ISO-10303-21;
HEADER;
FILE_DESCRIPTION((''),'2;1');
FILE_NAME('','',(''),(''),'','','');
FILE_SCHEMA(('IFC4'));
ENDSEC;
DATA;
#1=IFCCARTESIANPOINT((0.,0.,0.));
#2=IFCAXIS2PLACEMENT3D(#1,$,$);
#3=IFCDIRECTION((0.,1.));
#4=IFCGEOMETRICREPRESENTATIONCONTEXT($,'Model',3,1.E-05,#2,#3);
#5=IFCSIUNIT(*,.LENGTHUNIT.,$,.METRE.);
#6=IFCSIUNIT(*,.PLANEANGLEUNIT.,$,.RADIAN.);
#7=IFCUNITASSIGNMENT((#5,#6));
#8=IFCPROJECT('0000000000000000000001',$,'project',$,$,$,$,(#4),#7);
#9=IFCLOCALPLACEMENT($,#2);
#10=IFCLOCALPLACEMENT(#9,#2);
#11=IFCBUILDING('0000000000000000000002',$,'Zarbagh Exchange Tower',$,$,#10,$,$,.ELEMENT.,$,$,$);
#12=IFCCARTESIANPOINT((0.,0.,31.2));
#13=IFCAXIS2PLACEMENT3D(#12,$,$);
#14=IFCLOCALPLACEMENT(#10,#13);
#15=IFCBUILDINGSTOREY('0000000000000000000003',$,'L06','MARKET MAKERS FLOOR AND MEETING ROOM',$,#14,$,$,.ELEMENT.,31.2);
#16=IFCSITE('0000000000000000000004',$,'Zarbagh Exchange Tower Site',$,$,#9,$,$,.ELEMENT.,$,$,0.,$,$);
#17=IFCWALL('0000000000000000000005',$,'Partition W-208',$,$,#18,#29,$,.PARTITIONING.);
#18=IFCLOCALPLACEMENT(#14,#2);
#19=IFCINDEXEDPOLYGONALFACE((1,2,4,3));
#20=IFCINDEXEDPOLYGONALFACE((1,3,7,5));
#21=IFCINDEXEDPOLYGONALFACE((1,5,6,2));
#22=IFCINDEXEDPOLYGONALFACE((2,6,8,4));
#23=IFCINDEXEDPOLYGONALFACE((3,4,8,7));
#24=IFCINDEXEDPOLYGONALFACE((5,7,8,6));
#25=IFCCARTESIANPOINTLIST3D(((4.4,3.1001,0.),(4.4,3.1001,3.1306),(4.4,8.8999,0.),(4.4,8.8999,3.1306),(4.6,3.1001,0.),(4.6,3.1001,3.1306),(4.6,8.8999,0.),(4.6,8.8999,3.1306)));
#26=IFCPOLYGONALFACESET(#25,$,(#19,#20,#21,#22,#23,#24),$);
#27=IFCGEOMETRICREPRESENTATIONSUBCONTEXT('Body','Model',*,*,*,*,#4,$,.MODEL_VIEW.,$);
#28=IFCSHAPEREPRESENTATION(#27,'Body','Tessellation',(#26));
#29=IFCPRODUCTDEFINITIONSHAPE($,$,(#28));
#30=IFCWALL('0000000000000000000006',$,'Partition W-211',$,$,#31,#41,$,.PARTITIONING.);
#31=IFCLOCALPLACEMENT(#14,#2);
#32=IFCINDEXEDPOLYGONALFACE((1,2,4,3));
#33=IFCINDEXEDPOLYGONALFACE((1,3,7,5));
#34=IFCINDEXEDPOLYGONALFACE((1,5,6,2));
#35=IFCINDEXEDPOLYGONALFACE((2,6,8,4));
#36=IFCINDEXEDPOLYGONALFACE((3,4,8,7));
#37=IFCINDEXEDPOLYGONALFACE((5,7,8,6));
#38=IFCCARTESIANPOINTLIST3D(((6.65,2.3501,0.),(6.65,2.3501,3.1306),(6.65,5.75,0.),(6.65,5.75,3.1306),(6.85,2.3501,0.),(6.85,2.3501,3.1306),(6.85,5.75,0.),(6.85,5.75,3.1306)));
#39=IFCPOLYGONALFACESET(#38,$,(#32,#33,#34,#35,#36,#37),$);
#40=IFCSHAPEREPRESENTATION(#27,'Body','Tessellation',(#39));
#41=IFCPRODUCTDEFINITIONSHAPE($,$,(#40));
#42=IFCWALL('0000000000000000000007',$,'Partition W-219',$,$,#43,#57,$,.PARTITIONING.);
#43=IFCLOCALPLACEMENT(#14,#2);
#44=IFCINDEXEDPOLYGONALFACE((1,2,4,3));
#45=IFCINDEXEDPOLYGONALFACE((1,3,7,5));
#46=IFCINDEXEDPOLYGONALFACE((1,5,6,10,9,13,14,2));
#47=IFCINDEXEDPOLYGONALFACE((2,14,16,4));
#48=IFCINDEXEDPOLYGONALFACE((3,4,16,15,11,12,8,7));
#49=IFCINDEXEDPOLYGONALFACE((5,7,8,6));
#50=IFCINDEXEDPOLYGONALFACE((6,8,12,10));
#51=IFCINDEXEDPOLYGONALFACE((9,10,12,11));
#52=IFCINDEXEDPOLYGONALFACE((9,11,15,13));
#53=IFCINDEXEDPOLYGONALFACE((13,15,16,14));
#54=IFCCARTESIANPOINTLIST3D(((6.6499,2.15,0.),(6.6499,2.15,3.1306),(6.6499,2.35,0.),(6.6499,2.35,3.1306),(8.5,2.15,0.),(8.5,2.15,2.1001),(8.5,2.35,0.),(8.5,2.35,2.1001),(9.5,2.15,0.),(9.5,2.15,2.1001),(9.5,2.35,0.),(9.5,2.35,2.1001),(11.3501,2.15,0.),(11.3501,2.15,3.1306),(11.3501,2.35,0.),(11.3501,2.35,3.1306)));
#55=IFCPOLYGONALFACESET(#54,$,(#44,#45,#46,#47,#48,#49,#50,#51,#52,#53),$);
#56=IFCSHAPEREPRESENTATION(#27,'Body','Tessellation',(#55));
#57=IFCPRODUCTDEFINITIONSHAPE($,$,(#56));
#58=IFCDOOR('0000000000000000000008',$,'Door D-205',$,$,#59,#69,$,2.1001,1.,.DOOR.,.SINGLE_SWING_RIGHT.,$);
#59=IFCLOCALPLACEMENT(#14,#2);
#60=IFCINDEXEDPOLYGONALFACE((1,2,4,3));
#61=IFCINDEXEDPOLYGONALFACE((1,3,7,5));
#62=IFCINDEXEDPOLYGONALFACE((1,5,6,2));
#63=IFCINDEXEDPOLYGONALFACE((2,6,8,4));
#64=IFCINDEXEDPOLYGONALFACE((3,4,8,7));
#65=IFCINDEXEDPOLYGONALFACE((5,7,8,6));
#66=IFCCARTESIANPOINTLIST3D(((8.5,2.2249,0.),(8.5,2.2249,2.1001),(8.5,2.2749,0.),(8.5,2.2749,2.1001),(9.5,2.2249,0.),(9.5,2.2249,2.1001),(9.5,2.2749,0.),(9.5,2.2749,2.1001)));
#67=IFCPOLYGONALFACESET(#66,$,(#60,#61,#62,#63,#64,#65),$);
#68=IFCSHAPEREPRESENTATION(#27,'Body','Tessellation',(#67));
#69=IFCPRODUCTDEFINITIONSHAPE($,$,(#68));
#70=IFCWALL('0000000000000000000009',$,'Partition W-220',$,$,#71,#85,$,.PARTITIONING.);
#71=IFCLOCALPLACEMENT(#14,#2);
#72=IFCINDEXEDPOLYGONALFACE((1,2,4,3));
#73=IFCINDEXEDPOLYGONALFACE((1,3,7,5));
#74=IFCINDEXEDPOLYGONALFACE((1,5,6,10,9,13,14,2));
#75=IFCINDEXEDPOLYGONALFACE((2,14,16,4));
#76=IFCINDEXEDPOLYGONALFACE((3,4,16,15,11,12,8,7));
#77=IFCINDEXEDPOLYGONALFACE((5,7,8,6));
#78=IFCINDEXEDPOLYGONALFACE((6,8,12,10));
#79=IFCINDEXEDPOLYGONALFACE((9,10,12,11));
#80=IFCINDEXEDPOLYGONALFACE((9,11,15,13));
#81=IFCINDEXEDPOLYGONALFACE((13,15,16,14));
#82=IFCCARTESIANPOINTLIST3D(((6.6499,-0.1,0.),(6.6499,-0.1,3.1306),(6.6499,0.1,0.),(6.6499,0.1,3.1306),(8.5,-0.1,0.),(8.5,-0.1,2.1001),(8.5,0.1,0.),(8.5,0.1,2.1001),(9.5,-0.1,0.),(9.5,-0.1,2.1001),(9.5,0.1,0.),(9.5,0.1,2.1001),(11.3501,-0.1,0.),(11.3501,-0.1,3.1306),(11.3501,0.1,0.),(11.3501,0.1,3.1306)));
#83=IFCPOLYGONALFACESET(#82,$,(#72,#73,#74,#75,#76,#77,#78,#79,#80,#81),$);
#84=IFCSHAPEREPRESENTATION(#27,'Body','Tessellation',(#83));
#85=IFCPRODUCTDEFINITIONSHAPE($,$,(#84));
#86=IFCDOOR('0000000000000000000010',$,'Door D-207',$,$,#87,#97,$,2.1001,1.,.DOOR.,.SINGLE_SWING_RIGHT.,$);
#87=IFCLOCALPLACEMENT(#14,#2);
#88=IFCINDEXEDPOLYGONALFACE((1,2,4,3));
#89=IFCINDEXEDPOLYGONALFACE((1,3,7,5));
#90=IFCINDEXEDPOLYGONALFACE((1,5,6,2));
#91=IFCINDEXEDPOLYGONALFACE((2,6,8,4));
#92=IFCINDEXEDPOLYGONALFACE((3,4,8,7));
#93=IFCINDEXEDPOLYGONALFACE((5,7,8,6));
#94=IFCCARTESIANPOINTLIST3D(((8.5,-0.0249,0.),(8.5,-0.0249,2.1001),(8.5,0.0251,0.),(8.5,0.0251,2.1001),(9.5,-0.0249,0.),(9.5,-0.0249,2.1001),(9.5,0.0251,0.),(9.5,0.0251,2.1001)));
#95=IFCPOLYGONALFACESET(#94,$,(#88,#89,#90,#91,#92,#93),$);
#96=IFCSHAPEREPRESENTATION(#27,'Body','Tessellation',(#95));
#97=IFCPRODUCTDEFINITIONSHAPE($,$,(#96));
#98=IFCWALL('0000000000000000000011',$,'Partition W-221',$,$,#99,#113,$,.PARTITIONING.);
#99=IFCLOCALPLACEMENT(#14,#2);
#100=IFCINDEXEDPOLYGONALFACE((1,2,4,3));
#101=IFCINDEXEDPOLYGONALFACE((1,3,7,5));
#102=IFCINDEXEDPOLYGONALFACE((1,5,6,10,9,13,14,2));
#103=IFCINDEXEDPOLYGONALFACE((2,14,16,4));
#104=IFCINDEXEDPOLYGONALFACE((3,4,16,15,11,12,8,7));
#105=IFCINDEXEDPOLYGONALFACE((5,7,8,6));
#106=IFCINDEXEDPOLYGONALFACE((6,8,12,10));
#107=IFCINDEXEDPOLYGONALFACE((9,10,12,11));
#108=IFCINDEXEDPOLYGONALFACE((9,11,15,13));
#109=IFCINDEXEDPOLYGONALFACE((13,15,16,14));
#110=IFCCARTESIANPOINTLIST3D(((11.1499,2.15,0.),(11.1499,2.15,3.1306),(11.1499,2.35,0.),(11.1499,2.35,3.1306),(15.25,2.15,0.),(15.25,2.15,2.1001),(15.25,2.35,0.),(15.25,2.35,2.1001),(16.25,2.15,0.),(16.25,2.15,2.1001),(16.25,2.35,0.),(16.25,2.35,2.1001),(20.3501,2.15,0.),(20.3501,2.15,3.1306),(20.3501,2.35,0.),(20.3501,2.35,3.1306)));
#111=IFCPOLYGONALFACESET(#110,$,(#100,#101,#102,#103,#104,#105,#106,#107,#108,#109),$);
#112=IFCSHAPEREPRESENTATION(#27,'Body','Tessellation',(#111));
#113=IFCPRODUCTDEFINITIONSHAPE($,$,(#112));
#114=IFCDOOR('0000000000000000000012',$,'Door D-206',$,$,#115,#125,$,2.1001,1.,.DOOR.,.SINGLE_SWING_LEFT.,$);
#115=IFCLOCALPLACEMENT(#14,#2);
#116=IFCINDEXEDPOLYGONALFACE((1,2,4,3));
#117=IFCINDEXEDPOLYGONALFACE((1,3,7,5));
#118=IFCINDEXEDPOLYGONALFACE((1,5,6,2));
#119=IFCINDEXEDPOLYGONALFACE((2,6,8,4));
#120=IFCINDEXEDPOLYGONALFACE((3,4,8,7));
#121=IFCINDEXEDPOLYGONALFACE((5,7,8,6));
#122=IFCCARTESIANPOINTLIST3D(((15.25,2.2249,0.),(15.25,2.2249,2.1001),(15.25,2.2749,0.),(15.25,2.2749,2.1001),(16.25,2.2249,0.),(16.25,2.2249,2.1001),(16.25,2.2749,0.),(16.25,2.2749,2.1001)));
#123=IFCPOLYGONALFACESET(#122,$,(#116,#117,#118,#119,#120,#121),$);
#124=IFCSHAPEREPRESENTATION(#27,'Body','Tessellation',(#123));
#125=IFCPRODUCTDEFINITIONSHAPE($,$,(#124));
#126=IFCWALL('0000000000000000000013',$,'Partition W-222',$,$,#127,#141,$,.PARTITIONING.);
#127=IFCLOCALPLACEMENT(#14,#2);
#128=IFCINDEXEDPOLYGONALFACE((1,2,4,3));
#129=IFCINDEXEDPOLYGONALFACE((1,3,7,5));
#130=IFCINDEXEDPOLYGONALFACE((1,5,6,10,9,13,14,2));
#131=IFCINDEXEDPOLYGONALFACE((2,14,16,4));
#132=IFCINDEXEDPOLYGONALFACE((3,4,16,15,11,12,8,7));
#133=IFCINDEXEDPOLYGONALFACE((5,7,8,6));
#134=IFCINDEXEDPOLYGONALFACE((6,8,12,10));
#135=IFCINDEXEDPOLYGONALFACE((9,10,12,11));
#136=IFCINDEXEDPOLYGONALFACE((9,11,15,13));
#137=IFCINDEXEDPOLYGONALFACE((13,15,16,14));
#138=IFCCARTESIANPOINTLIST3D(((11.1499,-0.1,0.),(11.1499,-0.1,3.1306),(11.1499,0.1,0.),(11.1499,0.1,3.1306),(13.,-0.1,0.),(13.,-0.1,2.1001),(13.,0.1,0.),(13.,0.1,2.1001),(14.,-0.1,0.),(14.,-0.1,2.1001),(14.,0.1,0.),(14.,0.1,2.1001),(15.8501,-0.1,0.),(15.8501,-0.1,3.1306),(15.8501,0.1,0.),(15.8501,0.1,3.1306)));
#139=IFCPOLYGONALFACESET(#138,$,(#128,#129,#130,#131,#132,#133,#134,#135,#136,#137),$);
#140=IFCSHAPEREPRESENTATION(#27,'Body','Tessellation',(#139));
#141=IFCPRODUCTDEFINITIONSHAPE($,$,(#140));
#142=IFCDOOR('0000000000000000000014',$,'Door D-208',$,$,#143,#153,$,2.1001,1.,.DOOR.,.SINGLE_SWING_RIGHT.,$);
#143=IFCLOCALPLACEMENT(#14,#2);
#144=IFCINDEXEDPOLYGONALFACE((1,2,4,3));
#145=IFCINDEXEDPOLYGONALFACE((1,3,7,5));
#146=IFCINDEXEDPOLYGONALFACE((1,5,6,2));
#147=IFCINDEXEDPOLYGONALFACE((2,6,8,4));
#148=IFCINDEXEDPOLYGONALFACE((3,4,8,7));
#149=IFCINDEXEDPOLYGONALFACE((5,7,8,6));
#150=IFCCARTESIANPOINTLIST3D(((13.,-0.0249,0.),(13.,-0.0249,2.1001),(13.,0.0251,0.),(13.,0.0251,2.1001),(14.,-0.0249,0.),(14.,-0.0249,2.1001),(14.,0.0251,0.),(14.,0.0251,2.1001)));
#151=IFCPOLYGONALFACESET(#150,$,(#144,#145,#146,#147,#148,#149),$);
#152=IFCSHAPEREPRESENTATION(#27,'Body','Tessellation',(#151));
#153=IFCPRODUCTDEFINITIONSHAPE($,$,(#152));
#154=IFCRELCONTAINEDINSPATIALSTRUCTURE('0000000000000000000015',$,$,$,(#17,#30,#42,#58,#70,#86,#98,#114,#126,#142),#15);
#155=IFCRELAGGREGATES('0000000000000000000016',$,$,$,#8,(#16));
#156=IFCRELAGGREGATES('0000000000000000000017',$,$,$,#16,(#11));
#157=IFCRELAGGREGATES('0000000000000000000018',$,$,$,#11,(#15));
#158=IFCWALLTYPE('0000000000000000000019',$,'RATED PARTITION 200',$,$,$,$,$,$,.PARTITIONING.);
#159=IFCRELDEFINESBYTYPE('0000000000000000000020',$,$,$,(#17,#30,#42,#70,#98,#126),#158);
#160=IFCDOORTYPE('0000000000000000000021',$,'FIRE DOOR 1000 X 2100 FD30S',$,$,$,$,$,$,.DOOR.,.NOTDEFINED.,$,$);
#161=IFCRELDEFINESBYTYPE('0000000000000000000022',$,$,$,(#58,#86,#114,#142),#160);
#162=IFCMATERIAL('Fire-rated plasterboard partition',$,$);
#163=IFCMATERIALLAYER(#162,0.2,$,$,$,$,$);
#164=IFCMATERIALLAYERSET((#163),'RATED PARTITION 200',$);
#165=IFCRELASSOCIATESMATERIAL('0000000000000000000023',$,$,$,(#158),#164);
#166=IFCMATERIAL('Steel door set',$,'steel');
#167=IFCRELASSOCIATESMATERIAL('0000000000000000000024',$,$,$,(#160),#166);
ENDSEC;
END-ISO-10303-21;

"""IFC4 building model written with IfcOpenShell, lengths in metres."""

from ifc_helpers import new_model, si_unit, direction, frame, frame_2d, origin, place, context, subcontext, project, spatial, rectangle, extrude, material, layer, layer_set, type_object, element, fill, save


model = new_model("IFC4")

# Units and contexts
model_context = context("Model", 3, precision=1e-05, world=origin(), true_north=direction((0.0, 1.0)))
body_context = subcontext(model_context, "Body", "Model", "MODEL_VIEW")
ifc_project = project(units=[si_unit("LENGTHUNIT", "METRE"), si_unit("PLANEANGLEUNIT", "RADIAN")], contexts=[model_context])

# Site, building, storey
site_placement = place(None, origin())
site = spatial("IfcSite", under=ifc_project, at=site_placement, Name="Zarbagh Exchange Tower Site", CompositionType="ELEMENT", RefElevation=0.0)
building_placement = place(site_placement, origin())
building = spatial("IfcBuilding", under=site, at=building_placement, Name="Zarbagh Exchange Tower", CompositionType="ELEMENT")
storey_placement = place(building_placement, frame((0.0, 0.0, 31.2)))
storey = spatial("IfcBuildingStorey", under=building, at=storey_placement, Name="L06", Description="MARKET MAKERS FLOOR AND MEETING ROOM", CompositionType="ELEMENT", Elevation=31.2)

# Walls
ifc_material_1 = material(Name="Fire-rated plasterboard partition")
ifc_layer = layer(ifc_material_1, 0.2)
ifc_layer_set = layer_set([ifc_layer], Name="RATED PARTITION 200")
wall_type = type_object("IfcWallType", Name="RATED PARTITION 200", PredefinedType="PARTITIONING", material=ifc_layer_set)
wall_1_placement = place(storey_placement, frame((4.5, 3.1001, 0.0), z_axis=(0.0, 0.0, 1.0), x_axis=(0.0, 1.0, 0.0)))
element("IfcWall", 1, at=wall_1_placement, inside=storey, type_object=wall_type, Name="Partition W-208", PredefinedType="PARTITIONING", context=body_context, shape_type="SweptSolid", body=[
    extrude(rectangle(XDim=5.7998, YDim=0.2, at=frame_2d((2.8999, 0.0))), origin(), (0.0, 0.0, 1.0), 3.1306),
])
wall_2_placement = place(storey_placement, frame((6.75, 2.3501, 0.0), z_axis=(0.0, 0.0, 1.0), x_axis=(0.0, 1.0, 0.0)))
element("IfcWall", 2, at=wall_2_placement, inside=storey, type_object=wall_type, Name="Partition W-211", PredefinedType="PARTITIONING", context=body_context, shape_type="SweptSolid", body=[
    extrude(rectangle(XDim=3.3999, YDim=0.2, at=frame_2d((1.7, 0.0))), origin(), (0.0, 0.0, 1.0), 3.1306),
])

# Walls, openings, doors
wall_3_placement = place(storey_placement, frame((6.6499, 2.25, 0.0), z_axis=(0.0, 0.0, 1.0), x_axis=(1.0, 0.0, 0.0)))
wall_3 = element("IfcWall", 3, at=wall_3_placement, inside=storey, type_object=wall_type, Name="Partition W-219", PredefinedType="PARTITIONING", context=body_context, shape_type="SweptSolid", body=[
    extrude(rectangle(XDim=4.7002, YDim=0.2, at=frame_2d((2.3501, 0.0))), origin(), (0.0, 0.0, 1.0), 3.1306),
])
opening_1_placement = place(wall_3_placement, frame((1.8501, 0.0, 0.0)))
opening_1 = element("IfcOpeningElement", 4, at=opening_1_placement, cuts=wall_3, PredefinedType="OPENING", context=body_context, shape_type="SweptSolid", body=[
    extrude(rectangle(XDim=1.0, YDim=2.1001, at=frame_2d((0.5, 1.05))), frame((0.0, 0.1099, 0.0), z_axis=(0.0, -1.0, 0.0), x_axis=(1.0, 0.0, 0.0)), (0.0, 0.0, 1.0), 0.22),
])
ifc_material_2 = material(Name="Steel door set", Category="steel")
door_type_1 = type_object("IfcDoorType", Name="FIRE DOOR 1000 X 2100 FD30S", OperationType="NOTDEFINED", PredefinedType="DOOR", material=ifc_material_2)
door_1_placement = place(opening_1_placement, origin())
door_1 = element("IfcDoor", 5, at=door_1_placement, inside=storey, type_object=door_type_1, Name="Door D-205", OperationType="SINGLE_SWING_RIGHT", OverallHeight=2.1001, OverallWidth=1.0, PredefinedType="DOOR", context=body_context, shape_type="SweptSolid", body=[
    extrude(rectangle(XDim=1.0, YDim=2.1001, at=frame_2d((0.5, 1.05))), frame((0.0, 0.0249, 0.0), z_axis=(0.0, -1.0, 0.0), x_axis=(1.0, 0.0, 0.0)), (0.0, 0.0, 1.0), 0.05),
])
fill(opening_1, door_1)
wall_4_placement = place(storey_placement, frame((11.3501, 0.0, 0.0), z_axis=(0.0, 0.0, 1.0), x_axis=(-1.0, 0.0, 0.0)))
wall_4 = element("IfcWall", 6, at=wall_4_placement, inside=storey, type_object=wall_type, Name="Partition W-220", PredefinedType="PARTITIONING", context=body_context, shape_type="SweptSolid", body=[
    extrude(rectangle(XDim=4.7002, YDim=0.2, at=frame_2d((2.3501, 0.0))), origin(), (0.0, 0.0, 1.0), 3.1306),
])
opening_2_placement = place(wall_4_placement, frame((1.8501, 0.0, 0.0)))
opening_2 = element("IfcOpeningElement", 7, at=opening_2_placement, cuts=wall_4, PredefinedType="OPENING", context=body_context, shape_type="SweptSolid", body=[
    extrude(rectangle(XDim=1.0, YDim=2.1001, at=frame_2d((0.5, 1.05))), frame((0.0, 0.1099, 0.0), z_axis=(0.0, -1.0, 0.0), x_axis=(1.0, 0.0, 0.0)), (0.0, 0.0, 1.0), 0.22),
])
door_2_placement = place(opening_2_placement, origin())
door_2 = element("IfcDoor", 8, at=door_2_placement, inside=storey, type_object=door_type_1, Name="Door D-207", OperationType="SINGLE_SWING_RIGHT", OverallHeight=2.1001, OverallWidth=1.0, PredefinedType="DOOR", context=body_context, shape_type="SweptSolid", body=[
    extrude(rectangle(XDim=1.0, YDim=2.1001, at=frame_2d((0.5, 1.05))), frame((0.0, 0.0249, 0.0), z_axis=(0.0, -1.0, 0.0), x_axis=(1.0, 0.0, 0.0)), (0.0, 0.0, 1.0), 0.05),
])
fill(opening_2, door_2)
wall_5_placement = place(storey_placement, frame((11.1499, 2.25, 0.0), z_axis=(0.0, 0.0, 1.0), x_axis=(1.0, 0.0, 0.0)))
wall_5 = element("IfcWall", 9, at=wall_5_placement, inside=storey, type_object=wall_type, Name="Partition W-221", PredefinedType="PARTITIONING", context=body_context, shape_type="SweptSolid", body=[
    extrude(rectangle(XDim=9.2002, YDim=0.2, at=frame_2d((4.6001, 0.0))), origin(), (0.0, 0.0, 1.0), 3.1306),
])
opening_3_placement = place(wall_5_placement, frame((4.1001, 0.0, 0.0)))
opening_3 = element("IfcOpeningElement", 10, at=opening_3_placement, cuts=wall_5, PredefinedType="OPENING", context=body_context, shape_type="SweptSolid", body=[
    extrude(rectangle(XDim=1.0, YDim=2.1001, at=frame_2d((0.5, 1.05))), frame((0.0, 0.1099, 0.0), z_axis=(0.0, -1.0, 0.0), x_axis=(1.0, 0.0, 0.0)), (0.0, 0.0, 1.0), 0.22),
])
door_3_placement = place(opening_3_placement, origin())
door_3 = element("IfcDoor", 11, at=door_3_placement, inside=storey, type_object=door_type_1, Name="Door D-206", OperationType="SINGLE_SWING_LEFT", OverallHeight=2.1001, OverallWidth=1.0, PredefinedType="DOOR", context=body_context, shape_type="SweptSolid", body=[
    extrude(rectangle(XDim=1.0, YDim=2.1001, at=frame_2d((0.5, 1.05))), frame((0.0, 0.0249, 0.0), z_axis=(0.0, -1.0, 0.0), x_axis=(1.0, 0.0, 0.0)), (0.0, 0.0, 1.0), 0.05),
])
fill(opening_3, door_3)
wall_6_placement = place(storey_placement, frame((15.8501, 0.0, 0.0), z_axis=(0.0, 0.0, 1.0), x_axis=(-1.0, 0.0, 0.0)))
wall_6 = element("IfcWall", 12, at=wall_6_placement, inside=storey, type_object=wall_type, Name="Partition W-222", PredefinedType="PARTITIONING", context=body_context, shape_type="SweptSolid", body=[
    extrude(rectangle(XDim=4.7002, YDim=0.2, at=frame_2d((2.3501, 0.0))), origin(), (0.0, 0.0, 1.0), 3.1306),
])
opening_4_placement = place(wall_6_placement, frame((1.8501, 0.0, 0.0)))
opening_4 = element("IfcOpeningElement", 13, at=opening_4_placement, cuts=wall_6, PredefinedType="OPENING", context=body_context, shape_type="SweptSolid", body=[
    extrude(rectangle(XDim=1.0, YDim=2.1001, at=frame_2d((0.5, 1.05))), frame((0.0, 0.1099, 0.0), z_axis=(0.0, -1.0, 0.0), x_axis=(1.0, 0.0, 0.0)), (0.0, 0.0, 1.0), 0.22),
])
door_4_placement = place(opening_4_placement, origin())
door_4 = element("IfcDoor", 14, at=door_4_placement, inside=storey, type_object=door_type_1, Name="Door D-208", OperationType="SINGLE_SWING_RIGHT", OverallHeight=2.1001, OverallWidth=1.0, PredefinedType="DOOR", context=body_context, shape_type="SweptSolid", body=[
    extrude(rectangle(XDim=1.0, YDim=2.1001, at=frame_2d((0.5, 1.05))), frame((0.0, 0.0249, 0.0), z_axis=(0.0, -1.0, 0.0), x_axis=(1.0, 0.0, 0.0)), (0.0, 0.0, 1.0), 0.05),
])
fill(opening_4, door_4)

save(model, "model.ifc")
